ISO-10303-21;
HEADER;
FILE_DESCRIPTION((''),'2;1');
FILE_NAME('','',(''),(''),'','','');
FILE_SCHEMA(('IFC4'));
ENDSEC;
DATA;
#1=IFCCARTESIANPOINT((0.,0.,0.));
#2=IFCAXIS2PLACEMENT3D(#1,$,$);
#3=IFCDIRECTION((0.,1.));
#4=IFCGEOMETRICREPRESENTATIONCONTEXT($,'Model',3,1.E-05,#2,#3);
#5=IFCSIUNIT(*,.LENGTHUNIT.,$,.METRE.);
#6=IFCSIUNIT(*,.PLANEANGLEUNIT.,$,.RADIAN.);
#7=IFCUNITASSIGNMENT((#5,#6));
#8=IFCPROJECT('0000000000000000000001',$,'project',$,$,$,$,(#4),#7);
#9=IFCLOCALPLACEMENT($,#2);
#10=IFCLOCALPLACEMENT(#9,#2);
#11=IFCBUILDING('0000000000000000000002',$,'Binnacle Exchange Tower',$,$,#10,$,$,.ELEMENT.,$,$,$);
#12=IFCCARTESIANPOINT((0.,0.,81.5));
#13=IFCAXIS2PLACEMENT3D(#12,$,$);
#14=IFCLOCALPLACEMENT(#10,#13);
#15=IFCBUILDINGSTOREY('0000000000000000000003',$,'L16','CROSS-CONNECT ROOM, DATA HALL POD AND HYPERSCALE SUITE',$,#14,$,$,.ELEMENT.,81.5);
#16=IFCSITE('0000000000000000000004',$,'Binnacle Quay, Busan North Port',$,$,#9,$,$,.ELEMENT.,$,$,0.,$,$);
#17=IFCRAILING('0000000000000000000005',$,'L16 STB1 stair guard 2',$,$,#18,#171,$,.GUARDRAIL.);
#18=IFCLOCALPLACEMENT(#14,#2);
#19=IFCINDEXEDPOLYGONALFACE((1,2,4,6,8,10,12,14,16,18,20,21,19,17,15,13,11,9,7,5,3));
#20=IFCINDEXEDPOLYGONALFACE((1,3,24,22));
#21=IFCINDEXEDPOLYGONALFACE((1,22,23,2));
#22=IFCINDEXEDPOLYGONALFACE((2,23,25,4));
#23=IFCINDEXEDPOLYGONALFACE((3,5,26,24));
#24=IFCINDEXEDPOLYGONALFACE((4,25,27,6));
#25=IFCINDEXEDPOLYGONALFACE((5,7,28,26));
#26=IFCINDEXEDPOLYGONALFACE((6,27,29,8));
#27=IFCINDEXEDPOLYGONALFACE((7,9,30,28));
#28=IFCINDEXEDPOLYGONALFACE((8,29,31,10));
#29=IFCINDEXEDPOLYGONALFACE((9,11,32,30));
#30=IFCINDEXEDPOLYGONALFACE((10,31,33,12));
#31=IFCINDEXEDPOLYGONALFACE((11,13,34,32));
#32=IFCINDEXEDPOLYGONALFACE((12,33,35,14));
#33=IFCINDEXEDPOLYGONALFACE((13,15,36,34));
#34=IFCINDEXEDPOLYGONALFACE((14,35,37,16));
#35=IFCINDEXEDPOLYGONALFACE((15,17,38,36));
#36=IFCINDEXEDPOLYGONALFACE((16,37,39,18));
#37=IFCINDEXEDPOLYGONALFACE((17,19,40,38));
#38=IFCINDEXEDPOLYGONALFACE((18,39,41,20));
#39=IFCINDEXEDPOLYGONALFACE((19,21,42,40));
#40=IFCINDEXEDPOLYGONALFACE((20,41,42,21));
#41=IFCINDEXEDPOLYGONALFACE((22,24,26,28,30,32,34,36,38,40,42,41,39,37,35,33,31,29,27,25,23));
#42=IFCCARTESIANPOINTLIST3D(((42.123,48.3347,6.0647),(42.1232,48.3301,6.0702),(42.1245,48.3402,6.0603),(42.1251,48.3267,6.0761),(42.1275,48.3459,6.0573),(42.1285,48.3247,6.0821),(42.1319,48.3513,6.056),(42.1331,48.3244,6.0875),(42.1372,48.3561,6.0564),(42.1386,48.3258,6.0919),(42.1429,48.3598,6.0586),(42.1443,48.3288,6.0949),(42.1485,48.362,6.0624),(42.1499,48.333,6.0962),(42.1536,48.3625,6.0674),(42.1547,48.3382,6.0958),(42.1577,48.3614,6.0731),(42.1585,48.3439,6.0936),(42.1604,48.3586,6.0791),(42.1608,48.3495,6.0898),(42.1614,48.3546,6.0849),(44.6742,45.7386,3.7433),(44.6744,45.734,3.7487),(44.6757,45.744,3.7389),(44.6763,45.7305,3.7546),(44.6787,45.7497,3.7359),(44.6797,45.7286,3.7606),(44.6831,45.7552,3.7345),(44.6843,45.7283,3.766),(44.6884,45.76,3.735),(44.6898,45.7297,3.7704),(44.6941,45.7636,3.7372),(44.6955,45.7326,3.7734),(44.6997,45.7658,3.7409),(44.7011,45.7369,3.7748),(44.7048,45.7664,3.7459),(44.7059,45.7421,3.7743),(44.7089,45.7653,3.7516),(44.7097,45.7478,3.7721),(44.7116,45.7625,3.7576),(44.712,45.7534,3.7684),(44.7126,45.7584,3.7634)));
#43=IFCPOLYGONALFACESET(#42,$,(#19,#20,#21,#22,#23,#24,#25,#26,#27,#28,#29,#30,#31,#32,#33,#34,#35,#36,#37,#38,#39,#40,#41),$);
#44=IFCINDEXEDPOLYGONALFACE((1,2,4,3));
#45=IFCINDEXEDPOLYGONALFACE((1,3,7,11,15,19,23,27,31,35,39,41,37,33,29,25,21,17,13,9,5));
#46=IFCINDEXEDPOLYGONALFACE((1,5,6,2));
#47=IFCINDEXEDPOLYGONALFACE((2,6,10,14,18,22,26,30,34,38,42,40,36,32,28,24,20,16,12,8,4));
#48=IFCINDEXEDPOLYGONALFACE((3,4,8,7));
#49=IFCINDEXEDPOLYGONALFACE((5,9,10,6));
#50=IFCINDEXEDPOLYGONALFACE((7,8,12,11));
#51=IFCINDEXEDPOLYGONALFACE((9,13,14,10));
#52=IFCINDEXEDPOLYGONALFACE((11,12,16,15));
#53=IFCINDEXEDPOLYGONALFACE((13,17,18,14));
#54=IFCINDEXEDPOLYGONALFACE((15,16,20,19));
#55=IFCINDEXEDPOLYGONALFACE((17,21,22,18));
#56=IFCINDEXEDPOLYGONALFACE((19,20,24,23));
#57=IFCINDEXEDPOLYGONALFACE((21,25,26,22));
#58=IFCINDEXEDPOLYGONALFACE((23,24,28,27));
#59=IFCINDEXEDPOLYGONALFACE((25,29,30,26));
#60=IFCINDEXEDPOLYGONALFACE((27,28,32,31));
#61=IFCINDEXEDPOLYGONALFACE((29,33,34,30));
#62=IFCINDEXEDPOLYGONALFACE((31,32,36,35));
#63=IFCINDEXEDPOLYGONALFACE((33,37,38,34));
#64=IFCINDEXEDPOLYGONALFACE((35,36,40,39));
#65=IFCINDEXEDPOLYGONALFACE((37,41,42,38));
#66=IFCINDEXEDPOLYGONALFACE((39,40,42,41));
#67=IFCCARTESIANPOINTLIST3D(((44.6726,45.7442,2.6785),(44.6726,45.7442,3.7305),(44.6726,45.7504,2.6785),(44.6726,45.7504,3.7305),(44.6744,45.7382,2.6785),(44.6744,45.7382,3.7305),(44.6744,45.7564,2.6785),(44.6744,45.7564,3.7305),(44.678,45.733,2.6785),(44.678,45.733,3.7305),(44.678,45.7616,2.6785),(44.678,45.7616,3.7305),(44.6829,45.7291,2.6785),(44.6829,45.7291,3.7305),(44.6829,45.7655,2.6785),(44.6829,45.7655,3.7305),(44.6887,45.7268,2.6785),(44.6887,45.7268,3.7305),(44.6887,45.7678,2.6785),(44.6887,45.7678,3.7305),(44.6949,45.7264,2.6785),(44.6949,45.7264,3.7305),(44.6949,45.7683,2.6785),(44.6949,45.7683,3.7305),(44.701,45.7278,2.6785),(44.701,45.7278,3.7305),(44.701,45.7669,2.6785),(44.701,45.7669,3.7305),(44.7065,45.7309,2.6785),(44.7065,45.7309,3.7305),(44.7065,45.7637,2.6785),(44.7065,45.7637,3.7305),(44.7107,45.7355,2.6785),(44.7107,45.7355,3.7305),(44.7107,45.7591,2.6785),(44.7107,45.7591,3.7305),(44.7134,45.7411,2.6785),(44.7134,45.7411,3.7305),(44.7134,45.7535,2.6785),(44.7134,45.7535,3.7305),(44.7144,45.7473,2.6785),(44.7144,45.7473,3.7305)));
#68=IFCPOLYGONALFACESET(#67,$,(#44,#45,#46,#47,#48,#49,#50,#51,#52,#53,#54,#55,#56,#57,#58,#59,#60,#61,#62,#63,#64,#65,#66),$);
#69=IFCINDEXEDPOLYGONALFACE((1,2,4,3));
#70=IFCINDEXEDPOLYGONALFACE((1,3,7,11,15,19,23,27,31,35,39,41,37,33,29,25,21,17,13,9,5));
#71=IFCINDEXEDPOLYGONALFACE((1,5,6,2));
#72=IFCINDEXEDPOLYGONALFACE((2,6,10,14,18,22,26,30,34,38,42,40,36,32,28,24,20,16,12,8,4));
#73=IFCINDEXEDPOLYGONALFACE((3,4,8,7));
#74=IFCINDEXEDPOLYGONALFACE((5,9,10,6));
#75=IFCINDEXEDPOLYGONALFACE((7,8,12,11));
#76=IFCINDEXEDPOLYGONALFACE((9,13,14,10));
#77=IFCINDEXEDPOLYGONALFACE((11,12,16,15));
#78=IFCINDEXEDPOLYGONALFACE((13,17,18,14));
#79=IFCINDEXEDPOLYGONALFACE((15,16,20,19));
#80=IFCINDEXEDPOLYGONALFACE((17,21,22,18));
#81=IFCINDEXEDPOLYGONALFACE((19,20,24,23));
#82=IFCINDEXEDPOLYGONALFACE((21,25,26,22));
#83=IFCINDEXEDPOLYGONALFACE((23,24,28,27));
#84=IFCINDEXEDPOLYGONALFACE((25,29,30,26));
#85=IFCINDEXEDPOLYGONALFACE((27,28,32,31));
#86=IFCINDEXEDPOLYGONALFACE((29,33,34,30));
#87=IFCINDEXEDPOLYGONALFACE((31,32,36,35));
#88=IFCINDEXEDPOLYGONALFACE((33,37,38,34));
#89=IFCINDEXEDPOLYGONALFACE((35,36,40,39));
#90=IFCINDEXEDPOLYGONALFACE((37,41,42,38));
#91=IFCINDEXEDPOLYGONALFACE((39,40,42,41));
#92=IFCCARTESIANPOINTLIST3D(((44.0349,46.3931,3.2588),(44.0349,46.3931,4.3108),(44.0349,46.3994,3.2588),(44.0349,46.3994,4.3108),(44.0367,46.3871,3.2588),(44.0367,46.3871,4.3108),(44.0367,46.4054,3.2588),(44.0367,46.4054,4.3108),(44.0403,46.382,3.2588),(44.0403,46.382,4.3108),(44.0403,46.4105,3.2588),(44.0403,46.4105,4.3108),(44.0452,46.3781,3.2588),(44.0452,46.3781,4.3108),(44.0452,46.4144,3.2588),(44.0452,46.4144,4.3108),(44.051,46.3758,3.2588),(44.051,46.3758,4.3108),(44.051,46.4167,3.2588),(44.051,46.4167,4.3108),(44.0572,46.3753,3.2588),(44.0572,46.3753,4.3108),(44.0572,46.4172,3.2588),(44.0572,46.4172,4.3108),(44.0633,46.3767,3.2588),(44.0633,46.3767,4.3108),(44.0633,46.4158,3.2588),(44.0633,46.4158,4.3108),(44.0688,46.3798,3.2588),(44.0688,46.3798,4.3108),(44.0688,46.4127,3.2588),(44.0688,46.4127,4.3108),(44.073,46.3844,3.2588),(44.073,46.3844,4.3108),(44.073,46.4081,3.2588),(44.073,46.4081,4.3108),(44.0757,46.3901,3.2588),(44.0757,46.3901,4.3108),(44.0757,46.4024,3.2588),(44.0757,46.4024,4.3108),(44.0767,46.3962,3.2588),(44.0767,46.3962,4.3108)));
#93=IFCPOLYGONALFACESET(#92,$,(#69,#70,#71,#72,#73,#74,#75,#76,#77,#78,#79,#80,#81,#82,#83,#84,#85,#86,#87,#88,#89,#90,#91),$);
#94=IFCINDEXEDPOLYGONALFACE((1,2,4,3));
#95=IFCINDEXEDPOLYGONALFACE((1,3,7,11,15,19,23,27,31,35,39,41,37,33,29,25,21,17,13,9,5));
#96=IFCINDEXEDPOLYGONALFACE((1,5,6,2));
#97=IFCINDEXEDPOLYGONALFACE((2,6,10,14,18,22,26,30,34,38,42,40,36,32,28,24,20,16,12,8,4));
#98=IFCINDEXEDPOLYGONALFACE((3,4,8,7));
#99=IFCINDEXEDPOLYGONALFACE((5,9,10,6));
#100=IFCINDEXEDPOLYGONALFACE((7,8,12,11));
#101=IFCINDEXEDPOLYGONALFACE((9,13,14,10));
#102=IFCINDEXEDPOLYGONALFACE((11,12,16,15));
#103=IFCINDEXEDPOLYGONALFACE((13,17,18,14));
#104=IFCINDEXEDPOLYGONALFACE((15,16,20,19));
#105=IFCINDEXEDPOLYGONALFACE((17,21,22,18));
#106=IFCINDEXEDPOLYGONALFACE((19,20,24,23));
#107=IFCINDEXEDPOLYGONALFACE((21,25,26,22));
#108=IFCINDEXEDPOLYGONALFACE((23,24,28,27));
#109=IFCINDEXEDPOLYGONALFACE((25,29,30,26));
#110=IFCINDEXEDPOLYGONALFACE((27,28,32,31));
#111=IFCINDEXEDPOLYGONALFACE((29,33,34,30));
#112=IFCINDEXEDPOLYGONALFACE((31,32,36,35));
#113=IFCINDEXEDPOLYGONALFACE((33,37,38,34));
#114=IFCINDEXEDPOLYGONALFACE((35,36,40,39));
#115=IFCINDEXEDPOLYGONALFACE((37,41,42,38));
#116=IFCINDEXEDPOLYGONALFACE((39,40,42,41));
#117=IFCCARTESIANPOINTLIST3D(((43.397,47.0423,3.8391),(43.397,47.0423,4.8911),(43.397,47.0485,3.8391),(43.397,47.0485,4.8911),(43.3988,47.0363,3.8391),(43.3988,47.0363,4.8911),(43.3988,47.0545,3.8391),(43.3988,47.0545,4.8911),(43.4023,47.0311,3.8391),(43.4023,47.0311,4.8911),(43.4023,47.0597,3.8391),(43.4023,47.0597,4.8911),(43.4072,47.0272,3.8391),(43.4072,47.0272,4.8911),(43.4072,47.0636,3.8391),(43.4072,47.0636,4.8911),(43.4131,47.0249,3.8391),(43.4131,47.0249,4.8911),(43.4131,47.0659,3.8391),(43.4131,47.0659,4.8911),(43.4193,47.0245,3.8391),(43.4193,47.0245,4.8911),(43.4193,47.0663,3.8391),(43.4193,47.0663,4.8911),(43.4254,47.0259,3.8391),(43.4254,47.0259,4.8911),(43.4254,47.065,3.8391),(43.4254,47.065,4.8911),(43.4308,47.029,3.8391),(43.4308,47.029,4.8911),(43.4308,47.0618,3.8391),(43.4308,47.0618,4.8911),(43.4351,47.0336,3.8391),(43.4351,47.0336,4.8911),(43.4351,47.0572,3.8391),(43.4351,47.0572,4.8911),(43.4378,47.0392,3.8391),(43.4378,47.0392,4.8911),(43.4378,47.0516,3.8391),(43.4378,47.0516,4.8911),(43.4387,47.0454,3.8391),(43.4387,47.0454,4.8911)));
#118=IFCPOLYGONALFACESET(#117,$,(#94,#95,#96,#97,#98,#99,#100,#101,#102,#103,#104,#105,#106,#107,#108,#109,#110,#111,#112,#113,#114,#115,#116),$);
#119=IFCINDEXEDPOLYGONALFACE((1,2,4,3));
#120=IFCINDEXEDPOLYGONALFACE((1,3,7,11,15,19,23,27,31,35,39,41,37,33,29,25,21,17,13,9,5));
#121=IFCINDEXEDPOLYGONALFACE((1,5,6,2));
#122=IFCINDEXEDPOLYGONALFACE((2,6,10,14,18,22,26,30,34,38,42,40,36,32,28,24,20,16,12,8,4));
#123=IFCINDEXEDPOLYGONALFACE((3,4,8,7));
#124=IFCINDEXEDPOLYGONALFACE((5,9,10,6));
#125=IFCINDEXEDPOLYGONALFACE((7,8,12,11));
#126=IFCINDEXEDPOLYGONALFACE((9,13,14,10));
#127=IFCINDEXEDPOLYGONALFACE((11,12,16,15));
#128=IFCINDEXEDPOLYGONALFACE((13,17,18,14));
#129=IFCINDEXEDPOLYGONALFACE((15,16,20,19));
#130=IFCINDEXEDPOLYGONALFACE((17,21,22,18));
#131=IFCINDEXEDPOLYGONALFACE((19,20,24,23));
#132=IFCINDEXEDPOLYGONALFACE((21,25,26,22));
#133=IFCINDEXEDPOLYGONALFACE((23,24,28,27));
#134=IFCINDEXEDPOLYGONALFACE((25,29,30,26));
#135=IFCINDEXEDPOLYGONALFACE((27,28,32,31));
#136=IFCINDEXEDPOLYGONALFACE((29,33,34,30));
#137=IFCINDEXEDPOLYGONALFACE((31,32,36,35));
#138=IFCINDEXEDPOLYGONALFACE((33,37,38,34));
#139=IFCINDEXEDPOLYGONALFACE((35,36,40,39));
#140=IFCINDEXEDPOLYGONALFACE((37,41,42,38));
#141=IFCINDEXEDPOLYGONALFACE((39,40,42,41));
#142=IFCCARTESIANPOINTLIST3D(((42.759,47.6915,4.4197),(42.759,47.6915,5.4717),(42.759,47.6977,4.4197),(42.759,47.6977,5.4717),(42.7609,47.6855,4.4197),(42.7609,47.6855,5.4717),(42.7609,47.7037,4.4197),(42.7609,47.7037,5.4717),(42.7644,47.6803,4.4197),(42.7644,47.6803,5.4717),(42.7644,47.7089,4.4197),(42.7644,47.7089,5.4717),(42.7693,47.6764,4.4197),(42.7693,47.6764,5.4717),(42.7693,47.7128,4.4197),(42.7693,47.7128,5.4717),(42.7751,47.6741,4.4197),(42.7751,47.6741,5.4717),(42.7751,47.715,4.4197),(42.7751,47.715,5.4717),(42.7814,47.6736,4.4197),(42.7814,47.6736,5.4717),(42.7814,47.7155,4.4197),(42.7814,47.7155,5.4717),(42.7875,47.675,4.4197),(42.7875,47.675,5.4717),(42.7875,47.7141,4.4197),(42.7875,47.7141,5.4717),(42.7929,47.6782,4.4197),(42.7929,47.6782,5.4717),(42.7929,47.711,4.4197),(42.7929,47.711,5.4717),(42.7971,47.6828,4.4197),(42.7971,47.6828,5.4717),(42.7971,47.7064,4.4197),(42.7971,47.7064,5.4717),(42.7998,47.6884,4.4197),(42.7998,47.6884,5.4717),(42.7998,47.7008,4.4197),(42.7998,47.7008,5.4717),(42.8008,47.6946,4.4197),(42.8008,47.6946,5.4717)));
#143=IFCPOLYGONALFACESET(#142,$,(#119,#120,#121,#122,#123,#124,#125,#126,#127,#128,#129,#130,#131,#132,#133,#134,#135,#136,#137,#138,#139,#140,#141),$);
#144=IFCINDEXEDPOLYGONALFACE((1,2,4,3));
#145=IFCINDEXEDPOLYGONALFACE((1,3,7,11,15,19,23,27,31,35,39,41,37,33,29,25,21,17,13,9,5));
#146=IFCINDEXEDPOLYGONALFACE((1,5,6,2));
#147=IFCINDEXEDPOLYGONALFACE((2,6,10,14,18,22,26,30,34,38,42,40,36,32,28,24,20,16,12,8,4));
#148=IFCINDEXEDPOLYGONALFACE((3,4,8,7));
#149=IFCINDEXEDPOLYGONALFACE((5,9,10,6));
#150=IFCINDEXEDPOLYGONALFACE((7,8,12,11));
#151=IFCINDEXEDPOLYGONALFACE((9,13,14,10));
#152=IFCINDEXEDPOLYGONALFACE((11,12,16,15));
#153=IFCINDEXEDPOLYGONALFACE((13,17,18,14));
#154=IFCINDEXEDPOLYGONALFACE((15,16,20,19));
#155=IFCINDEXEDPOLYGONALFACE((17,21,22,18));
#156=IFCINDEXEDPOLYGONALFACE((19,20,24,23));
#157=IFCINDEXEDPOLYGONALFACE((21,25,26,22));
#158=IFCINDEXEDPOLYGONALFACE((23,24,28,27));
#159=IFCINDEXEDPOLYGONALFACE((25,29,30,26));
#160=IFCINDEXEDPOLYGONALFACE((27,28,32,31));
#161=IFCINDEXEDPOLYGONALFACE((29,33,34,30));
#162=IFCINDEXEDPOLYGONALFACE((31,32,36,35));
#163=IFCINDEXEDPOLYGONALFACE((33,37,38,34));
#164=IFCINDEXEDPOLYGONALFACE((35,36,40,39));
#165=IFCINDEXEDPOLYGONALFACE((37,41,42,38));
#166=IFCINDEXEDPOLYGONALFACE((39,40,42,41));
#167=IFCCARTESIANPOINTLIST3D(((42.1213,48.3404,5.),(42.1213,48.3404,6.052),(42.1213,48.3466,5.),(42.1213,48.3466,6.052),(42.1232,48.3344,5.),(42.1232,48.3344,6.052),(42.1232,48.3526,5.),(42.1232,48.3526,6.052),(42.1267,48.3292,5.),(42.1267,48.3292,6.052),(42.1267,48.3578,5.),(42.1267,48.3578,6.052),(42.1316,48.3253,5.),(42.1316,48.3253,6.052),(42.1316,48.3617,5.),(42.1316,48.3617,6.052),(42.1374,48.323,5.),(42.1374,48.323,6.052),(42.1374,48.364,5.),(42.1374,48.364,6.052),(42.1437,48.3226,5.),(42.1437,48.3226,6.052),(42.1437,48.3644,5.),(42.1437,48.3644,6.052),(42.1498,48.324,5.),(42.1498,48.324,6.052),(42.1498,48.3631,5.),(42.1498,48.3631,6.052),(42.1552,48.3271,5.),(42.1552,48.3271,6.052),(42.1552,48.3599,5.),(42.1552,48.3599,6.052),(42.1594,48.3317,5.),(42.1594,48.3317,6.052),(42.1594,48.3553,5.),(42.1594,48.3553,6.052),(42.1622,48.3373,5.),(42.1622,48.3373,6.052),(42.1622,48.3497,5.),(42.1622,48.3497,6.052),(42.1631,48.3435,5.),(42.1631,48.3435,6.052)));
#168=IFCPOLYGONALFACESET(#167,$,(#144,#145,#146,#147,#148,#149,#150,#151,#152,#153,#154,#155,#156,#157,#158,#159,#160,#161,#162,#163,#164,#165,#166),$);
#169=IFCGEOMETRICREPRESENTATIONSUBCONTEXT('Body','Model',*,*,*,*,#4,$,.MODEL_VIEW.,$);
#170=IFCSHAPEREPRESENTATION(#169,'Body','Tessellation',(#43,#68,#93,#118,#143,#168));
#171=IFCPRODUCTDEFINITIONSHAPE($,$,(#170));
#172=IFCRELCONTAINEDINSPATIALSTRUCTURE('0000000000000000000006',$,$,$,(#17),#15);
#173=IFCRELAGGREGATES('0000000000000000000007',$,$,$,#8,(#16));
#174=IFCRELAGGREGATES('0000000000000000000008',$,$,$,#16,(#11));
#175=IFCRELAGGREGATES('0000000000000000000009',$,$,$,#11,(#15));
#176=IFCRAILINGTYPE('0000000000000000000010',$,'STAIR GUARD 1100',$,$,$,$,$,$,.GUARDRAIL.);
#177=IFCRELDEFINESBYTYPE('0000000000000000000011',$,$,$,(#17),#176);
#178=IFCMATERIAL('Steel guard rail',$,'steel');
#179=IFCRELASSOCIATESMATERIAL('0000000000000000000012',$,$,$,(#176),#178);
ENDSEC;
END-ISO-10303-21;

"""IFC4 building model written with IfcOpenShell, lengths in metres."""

from ifc_helpers import new_model, si_unit, direction, frame, origin, origin_2d, place, context, subcontext, project, spatial, circle, extrude, material, type_object, element, save


model = new_model("IFC4")

# Units and contexts
model_context = context("Model", 3, precision=1e-05, world=origin(), true_north=direction((0.0, 1.0)))
body_context = subcontext(model_context, "Body", "Model", "MODEL_VIEW")
ifc_project = project(units=[si_unit("LENGTHUNIT", "METRE"), si_unit("PLANEANGLEUNIT", "RADIAN")], contexts=[model_context])

# Site, building, storey
site_placement = place(None, origin())
site = spatial("IfcSite", under=ifc_project, at=site_placement, Name="Binnacle Quay, Busan North Port", CompositionType="ELEMENT", RefElevation=0.0)
building_placement = place(site_placement, origin())
building = spatial("IfcBuilding", under=site, at=building_placement, Name="Binnacle Exchange Tower", CompositionType="ELEMENT")
storey_placement = place(building_placement, frame((0.0, 0.0, 81.5)))
storey = spatial("IfcBuildingStorey", under=building, at=storey_placement, Name="L16", Description="CROSS-CONNECT ROOM, DATA HALL POD AND HYPERSCALE SUITE", CompositionType="ELEMENT", Elevation=81.5)

# Railing
ifc_material_1 = material(Name="Steel guard rail", Category="steel")
railing_type_1 = type_object("IfcRailingType", Name="STAIR GUARD 1100", PredefinedType="GUARDRAIL", material=ifc_material_1)
railing_1_placement = place(storey_placement, frame((44.6934, 45.7473, 2.6785)))
element("IfcRailing", 1, at=railing_1_placement, inside=storey, type_object=railing_type_1, Name="L16 STB1 stair guard 2", PredefinedType="GUARDRAIL", context=body_context, shape_type="SweptSolid", body=[
    extrude(circle(Radius=0.0239, at=origin_2d()), frame((0.0, 0.0, 1.0762), z_axis=(-0.590947, 0.601352, 0.537733), x_axis=(-0.713251, -0.700909, 0.0)), (0.0, 0.0, 1.0), 4.3171),
    extrude(circle(Radius=0.021, at=origin_2d()), origin(), (0.0, 0.0, 1.0), 1.052),
    extrude(circle(Radius=0.021, at=origin_2d()), frame((-0.6377, 0.6489, 0.5803)), (0.0, 0.0, 1.0), 1.052),
    extrude(circle(Radius=0.021, at=origin_2d()), frame((-1.2756, 1.2981, 1.1606)), (0.0, 0.0, 1.0), 1.052),
    extrude(circle(Radius=0.021, at=origin_2d()), frame((-1.9136, 1.9473, 1.7412)), (0.0, 0.0, 1.0), 1.052),
    extrude(circle(Radius=0.021, at=origin_2d()), frame((-2.5513, 2.5962, 2.3215)), (0.0, 0.0, 1.0), 1.052),
])

save(model, "model.ifc")
